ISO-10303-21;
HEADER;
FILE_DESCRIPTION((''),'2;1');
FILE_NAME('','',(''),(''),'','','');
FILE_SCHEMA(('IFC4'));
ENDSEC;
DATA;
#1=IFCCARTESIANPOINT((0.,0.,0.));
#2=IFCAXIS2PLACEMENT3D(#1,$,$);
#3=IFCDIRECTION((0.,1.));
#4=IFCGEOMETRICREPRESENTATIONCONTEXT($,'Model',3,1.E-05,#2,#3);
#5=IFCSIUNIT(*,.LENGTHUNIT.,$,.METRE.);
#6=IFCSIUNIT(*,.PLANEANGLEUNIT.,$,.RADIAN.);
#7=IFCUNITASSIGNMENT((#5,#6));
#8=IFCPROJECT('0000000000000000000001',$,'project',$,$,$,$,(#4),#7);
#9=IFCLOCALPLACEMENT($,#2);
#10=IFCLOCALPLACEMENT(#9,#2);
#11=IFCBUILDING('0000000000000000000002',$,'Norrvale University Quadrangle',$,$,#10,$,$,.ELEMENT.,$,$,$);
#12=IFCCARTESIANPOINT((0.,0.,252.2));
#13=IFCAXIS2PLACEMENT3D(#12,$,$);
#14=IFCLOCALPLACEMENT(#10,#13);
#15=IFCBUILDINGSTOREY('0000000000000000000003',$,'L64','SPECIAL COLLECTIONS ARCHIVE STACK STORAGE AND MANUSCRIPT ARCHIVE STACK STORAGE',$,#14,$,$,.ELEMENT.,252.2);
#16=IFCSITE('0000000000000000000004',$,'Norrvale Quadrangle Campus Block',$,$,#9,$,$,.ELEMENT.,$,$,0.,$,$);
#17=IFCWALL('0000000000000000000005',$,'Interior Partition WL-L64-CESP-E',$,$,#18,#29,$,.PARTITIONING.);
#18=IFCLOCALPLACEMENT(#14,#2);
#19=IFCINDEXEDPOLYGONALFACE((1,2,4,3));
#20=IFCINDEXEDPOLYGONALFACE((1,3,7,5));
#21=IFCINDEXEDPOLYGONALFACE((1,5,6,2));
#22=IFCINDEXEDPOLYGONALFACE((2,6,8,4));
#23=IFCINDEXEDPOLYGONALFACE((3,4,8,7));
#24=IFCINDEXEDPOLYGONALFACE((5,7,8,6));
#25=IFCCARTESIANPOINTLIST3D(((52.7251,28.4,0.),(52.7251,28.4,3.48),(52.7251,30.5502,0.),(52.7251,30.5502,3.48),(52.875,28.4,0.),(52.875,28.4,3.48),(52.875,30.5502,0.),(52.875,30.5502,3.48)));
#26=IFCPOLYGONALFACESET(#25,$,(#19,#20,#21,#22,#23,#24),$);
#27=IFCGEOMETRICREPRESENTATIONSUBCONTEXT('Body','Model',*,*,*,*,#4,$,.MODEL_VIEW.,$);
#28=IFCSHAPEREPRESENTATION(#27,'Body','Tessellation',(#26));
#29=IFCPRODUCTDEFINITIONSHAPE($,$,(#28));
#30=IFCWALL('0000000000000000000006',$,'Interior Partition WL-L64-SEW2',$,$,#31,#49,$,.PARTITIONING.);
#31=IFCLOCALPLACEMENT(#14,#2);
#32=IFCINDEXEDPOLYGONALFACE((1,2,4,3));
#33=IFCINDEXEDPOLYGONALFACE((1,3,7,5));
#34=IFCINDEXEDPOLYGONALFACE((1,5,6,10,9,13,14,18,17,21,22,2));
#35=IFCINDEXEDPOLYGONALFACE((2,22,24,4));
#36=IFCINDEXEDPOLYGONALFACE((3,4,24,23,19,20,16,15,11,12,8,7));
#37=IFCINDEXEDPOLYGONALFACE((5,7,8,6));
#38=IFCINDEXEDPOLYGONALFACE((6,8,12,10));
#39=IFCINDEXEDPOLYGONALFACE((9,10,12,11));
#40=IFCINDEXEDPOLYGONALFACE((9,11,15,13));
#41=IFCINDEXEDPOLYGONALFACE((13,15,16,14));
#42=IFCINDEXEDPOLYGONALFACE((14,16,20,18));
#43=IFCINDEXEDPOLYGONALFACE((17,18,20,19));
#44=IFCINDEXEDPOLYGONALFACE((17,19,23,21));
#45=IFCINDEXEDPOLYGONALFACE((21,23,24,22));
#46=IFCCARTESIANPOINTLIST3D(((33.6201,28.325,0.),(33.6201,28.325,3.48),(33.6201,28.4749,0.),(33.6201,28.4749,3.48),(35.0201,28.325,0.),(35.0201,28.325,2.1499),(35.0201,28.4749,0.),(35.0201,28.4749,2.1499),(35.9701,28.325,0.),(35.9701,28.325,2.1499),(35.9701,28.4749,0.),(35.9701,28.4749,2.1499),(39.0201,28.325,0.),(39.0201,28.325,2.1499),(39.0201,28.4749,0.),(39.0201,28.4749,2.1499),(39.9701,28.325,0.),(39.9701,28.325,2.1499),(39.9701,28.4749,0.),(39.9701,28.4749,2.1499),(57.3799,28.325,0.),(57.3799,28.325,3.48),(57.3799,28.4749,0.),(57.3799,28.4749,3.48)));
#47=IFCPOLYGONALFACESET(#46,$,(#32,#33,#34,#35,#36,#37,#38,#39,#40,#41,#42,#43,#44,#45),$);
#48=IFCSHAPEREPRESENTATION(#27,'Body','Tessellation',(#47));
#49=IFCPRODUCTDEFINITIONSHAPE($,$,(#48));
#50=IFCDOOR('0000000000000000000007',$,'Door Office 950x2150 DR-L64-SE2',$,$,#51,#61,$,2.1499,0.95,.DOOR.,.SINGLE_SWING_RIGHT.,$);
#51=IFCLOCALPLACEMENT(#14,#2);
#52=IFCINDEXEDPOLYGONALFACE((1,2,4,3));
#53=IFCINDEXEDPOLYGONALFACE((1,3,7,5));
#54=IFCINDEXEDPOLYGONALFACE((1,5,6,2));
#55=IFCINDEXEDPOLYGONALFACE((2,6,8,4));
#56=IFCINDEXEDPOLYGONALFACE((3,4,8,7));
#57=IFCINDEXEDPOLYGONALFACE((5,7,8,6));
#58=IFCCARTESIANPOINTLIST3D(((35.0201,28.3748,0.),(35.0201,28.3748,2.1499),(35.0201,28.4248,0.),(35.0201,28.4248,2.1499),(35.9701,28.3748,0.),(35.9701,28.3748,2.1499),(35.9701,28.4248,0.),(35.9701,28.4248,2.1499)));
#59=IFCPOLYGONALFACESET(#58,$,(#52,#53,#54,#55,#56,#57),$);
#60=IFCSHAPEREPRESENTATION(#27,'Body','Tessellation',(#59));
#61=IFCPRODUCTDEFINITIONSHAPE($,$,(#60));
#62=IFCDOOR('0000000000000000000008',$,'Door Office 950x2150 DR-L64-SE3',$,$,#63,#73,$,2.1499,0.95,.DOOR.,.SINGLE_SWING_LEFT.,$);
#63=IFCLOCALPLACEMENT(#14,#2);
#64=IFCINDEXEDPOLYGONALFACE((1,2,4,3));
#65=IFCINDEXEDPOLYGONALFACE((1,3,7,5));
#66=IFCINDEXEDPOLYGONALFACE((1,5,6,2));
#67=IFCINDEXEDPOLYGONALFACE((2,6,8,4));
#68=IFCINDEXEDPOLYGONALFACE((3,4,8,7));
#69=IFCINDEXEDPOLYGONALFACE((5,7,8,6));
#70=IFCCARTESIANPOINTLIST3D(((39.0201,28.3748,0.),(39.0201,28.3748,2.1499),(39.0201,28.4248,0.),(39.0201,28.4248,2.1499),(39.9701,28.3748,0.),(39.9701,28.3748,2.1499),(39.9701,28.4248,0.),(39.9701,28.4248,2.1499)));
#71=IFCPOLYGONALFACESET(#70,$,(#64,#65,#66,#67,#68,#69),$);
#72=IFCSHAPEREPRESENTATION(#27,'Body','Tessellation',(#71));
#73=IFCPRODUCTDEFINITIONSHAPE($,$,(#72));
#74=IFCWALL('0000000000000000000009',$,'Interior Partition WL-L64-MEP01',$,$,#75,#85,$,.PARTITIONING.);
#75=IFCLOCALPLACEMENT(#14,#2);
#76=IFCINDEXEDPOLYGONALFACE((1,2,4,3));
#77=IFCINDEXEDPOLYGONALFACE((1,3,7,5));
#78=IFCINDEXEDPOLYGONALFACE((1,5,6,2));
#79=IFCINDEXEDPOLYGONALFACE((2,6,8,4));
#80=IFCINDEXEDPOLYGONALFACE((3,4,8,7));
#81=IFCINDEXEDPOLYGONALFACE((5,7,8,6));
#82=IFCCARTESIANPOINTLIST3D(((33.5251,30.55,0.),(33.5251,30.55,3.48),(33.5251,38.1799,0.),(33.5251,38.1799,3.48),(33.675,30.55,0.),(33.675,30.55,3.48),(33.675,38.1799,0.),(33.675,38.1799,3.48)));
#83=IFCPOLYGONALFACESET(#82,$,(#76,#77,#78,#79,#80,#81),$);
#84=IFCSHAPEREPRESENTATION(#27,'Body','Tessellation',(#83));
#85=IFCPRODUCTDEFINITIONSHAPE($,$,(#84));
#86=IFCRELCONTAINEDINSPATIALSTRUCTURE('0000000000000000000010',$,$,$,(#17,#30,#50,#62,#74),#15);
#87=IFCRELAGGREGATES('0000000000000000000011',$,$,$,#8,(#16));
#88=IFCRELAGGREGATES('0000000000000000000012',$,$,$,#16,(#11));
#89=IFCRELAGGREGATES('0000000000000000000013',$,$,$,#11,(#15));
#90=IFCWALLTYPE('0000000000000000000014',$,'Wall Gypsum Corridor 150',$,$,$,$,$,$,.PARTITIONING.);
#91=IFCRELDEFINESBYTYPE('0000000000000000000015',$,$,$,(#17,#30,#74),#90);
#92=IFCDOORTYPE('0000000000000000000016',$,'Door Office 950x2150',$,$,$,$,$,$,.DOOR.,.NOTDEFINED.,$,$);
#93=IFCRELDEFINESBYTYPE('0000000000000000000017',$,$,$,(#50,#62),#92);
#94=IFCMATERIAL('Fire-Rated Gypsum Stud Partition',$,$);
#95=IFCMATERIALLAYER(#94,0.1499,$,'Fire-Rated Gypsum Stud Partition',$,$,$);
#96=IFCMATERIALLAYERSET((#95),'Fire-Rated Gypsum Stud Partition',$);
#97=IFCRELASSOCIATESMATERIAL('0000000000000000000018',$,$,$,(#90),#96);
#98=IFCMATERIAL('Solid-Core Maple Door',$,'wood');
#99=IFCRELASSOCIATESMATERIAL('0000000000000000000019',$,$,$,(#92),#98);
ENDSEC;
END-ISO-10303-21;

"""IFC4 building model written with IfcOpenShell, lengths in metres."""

from ifc_helpers import new_model, si_unit, direction, frame, frame_2d, origin, place, context, subcontext, project, spatial, rectangle, extrude, material, layer, layer_set, type_object, element, fill, save


model = new_model("IFC4")

# Units and contexts
model_context = context("Model", 3, precision=1e-05, world=origin(), true_north=direction((0.0, 1.0)))
body_context = subcontext(model_context, "Body", "Model", "MODEL_VIEW")
ifc_project = project(units=[si_unit("LENGTHUNIT", "METRE"), si_unit("PLANEANGLEUNIT", "RADIAN")], contexts=[model_context])

# Site, building, storey
site_placement = place(None, origin())
site = spatial("IfcSite", under=ifc_project, at=site_placement, Name="Norrvale Quadrangle Campus Block", CompositionType="ELEMENT", RefElevation=0.0)
building_placement = place(site_placement, origin())
building = spatial("IfcBuilding", under=site, at=building_placement, Name="Norrvale University Quadrangle", CompositionType="ELEMENT")
storey_placement = place(building_placement, frame((0.0, 0.0, 252.2)))
storey = spatial("IfcBuildingStorey", under=building, at=storey_placement, Name="L64", Description="SPECIAL COLLECTIONS ARCHIVE STACK STORAGE AND MANUSCRIPT ARCHIVE STACK STORAGE", CompositionType="ELEMENT", Elevation=252.2)

# Wall
ifc_material_1 = material(Name="Fire-Rated Gypsum Stud Partition")
ifc_layer = layer(ifc_material_1, 0.1499, Name="Fire-Rated Gypsum Stud Partition")
ifc_layer_set = layer_set([ifc_layer], Name="Fire-Rated Gypsum Stud Partition")
wall_type = type_object("IfcWallType", Name="Wall Gypsum Corridor 150", PredefinedType="PARTITIONING", material=ifc_layer_set)
wall_1_placement = place(storey_placement, frame((52.8, 28.3999, 0.0), z_axis=(0.0, 0.0, 1.0), x_axis=(0.0, 1.0, 0.0)))
element("IfcWall", 1, at=wall_1_placement, inside=storey, type_object=wall_type, Name="Interior Partition WL-L64-CESP-E", PredefinedType="PARTITIONING", context=body_context, shape_type="SweptSolid", body=[
    extrude(rectangle(XDim=2.1501, YDim=0.1499, at=frame_2d((1.0752, 0.0))), origin(), (0.0, 0.0, 1.0), 3.48),
])

# Wall, openings, doors
wall_2_placement = place(storey_placement, frame((33.6201, 28.3999, 0.0), z_axis=(0.0, 0.0, 1.0), x_axis=(1.0, 0.0, 0.0)))
wall_2 = element("IfcWall", 2, at=wall_2_placement, inside=storey, type_object=wall_type, Name="Interior Partition WL-L64-SEW2", PredefinedType="PARTITIONING", context=body_context, shape_type="SweptSolid", body=[
    extrude(rectangle(XDim=23.7598, YDim=0.1499, at=frame_2d((11.8799, 0.0))), origin(), (0.0, 0.0, 1.0), 3.48),
])
opening_1_placement = place(wall_2_placement, frame((1.3999, 0.0, 0.0)))
opening_1 = element("IfcOpeningElement", 3, at=opening_1_placement, cuts=wall_2, PredefinedType="OPENING", context=body_context, shape_type="SweptSolid", body=[
    extrude(rectangle(XDim=0.95, YDim=2.1499, at=frame_2d((0.4751, 1.075))), frame((0.0, 0.0869, 0.0), z_axis=(0.0, -1.0, 0.0), x_axis=(1.0, 0.0, 0.0)), (0.0, 0.0, 1.0), 0.1738),
])
opening_2_placement = place(wall_2_placement, frame((5.3999, 0.0, 0.0)))
opening_2 = element("IfcOpeningElement", 4, at=opening_2_placement, cuts=wall_2, PredefinedType="OPENING", context=body_context, shape_type="SweptSolid", body=[
    extrude(rectangle(XDim=0.95, YDim=2.1499, at=frame_2d((0.4751, 1.075))), frame((0.0, 0.0869, 0.0), z_axis=(0.0, -1.0, 0.0), x_axis=(1.0, 0.0, 0.0)), (0.0, 0.0, 1.0), 0.1738),
])
ifc_material_2 = material(Name="Solid-Core Maple Door", Category="wood")
door_type = type_object("IfcDoorType", Name="Door Office 950x2150", OperationType="NOTDEFINED", PredefinedType="DOOR", material=ifc_material_2)
door_1_placement = place(opening_1_placement, origin())
door_1 = element("IfcDoor", 5, at=door_1_placement, inside=storey, type_object=door_type, Name="Door Office 950x2150 DR-L64-SE2", OperationType="SINGLE_SWING_RIGHT", OverallHeight=2.1499, OverallWidth=0.95, PredefinedType="DOOR", context=body_context, shape_type="SweptSolid", body=[
    extrude(rectangle(XDim=0.95, YDim=2.1499, at=frame_2d((0.4751, 1.075))), frame((0.0, 0.0249, 0.0), z_axis=(0.0, -1.0, 0.0), x_axis=(1.0, 0.0, 0.0)), (0.0, 0.0, 1.0), 0.05),
])
fill(opening_1, door_1)
door_2_placement = place(opening_2_placement, origin())
door_2 = element("IfcDoor", 6, at=door_2_placement, inside=storey, type_object=door_type, Name="Door Office 950x2150 DR-L64-SE3", OperationType="SINGLE_SWING_LEFT", OverallHeight=2.1499, OverallWidth=0.95, PredefinedType="DOOR", context=body_context, shape_type="SweptSolid", body=[
    extrude(rectangle(XDim=0.95, YDim=2.1499, at=frame_2d((0.4751, 1.075))), frame((0.0, 0.0249, 0.0), z_axis=(0.0, -1.0, 0.0), x_axis=(1.0, 0.0, 0.0)), (0.0, 0.0, 1.0), 0.05),
])
fill(opening_2, door_2)

# Wall
wall_3_placement = place(storey_placement, frame((33.6001, 30.55, 0.0), z_axis=(0.0, 0.0, 1.0), x_axis=(0.0, 1.0, 0.0)))
element("IfcWall", 7, at=wall_3_placement, inside=storey, type_object=wall_type, Name="Interior Partition WL-L64-MEP01", PredefinedType="PARTITIONING", context=body_context, shape_type="SweptSolid", body=[
    extrude(rectangle(XDim=7.6299, YDim=0.1499, at=frame_2d((3.8149, 0.0))), origin(), (0.0, 0.0, 1.0), 3.48),
])

save(model, "model.ifc")
